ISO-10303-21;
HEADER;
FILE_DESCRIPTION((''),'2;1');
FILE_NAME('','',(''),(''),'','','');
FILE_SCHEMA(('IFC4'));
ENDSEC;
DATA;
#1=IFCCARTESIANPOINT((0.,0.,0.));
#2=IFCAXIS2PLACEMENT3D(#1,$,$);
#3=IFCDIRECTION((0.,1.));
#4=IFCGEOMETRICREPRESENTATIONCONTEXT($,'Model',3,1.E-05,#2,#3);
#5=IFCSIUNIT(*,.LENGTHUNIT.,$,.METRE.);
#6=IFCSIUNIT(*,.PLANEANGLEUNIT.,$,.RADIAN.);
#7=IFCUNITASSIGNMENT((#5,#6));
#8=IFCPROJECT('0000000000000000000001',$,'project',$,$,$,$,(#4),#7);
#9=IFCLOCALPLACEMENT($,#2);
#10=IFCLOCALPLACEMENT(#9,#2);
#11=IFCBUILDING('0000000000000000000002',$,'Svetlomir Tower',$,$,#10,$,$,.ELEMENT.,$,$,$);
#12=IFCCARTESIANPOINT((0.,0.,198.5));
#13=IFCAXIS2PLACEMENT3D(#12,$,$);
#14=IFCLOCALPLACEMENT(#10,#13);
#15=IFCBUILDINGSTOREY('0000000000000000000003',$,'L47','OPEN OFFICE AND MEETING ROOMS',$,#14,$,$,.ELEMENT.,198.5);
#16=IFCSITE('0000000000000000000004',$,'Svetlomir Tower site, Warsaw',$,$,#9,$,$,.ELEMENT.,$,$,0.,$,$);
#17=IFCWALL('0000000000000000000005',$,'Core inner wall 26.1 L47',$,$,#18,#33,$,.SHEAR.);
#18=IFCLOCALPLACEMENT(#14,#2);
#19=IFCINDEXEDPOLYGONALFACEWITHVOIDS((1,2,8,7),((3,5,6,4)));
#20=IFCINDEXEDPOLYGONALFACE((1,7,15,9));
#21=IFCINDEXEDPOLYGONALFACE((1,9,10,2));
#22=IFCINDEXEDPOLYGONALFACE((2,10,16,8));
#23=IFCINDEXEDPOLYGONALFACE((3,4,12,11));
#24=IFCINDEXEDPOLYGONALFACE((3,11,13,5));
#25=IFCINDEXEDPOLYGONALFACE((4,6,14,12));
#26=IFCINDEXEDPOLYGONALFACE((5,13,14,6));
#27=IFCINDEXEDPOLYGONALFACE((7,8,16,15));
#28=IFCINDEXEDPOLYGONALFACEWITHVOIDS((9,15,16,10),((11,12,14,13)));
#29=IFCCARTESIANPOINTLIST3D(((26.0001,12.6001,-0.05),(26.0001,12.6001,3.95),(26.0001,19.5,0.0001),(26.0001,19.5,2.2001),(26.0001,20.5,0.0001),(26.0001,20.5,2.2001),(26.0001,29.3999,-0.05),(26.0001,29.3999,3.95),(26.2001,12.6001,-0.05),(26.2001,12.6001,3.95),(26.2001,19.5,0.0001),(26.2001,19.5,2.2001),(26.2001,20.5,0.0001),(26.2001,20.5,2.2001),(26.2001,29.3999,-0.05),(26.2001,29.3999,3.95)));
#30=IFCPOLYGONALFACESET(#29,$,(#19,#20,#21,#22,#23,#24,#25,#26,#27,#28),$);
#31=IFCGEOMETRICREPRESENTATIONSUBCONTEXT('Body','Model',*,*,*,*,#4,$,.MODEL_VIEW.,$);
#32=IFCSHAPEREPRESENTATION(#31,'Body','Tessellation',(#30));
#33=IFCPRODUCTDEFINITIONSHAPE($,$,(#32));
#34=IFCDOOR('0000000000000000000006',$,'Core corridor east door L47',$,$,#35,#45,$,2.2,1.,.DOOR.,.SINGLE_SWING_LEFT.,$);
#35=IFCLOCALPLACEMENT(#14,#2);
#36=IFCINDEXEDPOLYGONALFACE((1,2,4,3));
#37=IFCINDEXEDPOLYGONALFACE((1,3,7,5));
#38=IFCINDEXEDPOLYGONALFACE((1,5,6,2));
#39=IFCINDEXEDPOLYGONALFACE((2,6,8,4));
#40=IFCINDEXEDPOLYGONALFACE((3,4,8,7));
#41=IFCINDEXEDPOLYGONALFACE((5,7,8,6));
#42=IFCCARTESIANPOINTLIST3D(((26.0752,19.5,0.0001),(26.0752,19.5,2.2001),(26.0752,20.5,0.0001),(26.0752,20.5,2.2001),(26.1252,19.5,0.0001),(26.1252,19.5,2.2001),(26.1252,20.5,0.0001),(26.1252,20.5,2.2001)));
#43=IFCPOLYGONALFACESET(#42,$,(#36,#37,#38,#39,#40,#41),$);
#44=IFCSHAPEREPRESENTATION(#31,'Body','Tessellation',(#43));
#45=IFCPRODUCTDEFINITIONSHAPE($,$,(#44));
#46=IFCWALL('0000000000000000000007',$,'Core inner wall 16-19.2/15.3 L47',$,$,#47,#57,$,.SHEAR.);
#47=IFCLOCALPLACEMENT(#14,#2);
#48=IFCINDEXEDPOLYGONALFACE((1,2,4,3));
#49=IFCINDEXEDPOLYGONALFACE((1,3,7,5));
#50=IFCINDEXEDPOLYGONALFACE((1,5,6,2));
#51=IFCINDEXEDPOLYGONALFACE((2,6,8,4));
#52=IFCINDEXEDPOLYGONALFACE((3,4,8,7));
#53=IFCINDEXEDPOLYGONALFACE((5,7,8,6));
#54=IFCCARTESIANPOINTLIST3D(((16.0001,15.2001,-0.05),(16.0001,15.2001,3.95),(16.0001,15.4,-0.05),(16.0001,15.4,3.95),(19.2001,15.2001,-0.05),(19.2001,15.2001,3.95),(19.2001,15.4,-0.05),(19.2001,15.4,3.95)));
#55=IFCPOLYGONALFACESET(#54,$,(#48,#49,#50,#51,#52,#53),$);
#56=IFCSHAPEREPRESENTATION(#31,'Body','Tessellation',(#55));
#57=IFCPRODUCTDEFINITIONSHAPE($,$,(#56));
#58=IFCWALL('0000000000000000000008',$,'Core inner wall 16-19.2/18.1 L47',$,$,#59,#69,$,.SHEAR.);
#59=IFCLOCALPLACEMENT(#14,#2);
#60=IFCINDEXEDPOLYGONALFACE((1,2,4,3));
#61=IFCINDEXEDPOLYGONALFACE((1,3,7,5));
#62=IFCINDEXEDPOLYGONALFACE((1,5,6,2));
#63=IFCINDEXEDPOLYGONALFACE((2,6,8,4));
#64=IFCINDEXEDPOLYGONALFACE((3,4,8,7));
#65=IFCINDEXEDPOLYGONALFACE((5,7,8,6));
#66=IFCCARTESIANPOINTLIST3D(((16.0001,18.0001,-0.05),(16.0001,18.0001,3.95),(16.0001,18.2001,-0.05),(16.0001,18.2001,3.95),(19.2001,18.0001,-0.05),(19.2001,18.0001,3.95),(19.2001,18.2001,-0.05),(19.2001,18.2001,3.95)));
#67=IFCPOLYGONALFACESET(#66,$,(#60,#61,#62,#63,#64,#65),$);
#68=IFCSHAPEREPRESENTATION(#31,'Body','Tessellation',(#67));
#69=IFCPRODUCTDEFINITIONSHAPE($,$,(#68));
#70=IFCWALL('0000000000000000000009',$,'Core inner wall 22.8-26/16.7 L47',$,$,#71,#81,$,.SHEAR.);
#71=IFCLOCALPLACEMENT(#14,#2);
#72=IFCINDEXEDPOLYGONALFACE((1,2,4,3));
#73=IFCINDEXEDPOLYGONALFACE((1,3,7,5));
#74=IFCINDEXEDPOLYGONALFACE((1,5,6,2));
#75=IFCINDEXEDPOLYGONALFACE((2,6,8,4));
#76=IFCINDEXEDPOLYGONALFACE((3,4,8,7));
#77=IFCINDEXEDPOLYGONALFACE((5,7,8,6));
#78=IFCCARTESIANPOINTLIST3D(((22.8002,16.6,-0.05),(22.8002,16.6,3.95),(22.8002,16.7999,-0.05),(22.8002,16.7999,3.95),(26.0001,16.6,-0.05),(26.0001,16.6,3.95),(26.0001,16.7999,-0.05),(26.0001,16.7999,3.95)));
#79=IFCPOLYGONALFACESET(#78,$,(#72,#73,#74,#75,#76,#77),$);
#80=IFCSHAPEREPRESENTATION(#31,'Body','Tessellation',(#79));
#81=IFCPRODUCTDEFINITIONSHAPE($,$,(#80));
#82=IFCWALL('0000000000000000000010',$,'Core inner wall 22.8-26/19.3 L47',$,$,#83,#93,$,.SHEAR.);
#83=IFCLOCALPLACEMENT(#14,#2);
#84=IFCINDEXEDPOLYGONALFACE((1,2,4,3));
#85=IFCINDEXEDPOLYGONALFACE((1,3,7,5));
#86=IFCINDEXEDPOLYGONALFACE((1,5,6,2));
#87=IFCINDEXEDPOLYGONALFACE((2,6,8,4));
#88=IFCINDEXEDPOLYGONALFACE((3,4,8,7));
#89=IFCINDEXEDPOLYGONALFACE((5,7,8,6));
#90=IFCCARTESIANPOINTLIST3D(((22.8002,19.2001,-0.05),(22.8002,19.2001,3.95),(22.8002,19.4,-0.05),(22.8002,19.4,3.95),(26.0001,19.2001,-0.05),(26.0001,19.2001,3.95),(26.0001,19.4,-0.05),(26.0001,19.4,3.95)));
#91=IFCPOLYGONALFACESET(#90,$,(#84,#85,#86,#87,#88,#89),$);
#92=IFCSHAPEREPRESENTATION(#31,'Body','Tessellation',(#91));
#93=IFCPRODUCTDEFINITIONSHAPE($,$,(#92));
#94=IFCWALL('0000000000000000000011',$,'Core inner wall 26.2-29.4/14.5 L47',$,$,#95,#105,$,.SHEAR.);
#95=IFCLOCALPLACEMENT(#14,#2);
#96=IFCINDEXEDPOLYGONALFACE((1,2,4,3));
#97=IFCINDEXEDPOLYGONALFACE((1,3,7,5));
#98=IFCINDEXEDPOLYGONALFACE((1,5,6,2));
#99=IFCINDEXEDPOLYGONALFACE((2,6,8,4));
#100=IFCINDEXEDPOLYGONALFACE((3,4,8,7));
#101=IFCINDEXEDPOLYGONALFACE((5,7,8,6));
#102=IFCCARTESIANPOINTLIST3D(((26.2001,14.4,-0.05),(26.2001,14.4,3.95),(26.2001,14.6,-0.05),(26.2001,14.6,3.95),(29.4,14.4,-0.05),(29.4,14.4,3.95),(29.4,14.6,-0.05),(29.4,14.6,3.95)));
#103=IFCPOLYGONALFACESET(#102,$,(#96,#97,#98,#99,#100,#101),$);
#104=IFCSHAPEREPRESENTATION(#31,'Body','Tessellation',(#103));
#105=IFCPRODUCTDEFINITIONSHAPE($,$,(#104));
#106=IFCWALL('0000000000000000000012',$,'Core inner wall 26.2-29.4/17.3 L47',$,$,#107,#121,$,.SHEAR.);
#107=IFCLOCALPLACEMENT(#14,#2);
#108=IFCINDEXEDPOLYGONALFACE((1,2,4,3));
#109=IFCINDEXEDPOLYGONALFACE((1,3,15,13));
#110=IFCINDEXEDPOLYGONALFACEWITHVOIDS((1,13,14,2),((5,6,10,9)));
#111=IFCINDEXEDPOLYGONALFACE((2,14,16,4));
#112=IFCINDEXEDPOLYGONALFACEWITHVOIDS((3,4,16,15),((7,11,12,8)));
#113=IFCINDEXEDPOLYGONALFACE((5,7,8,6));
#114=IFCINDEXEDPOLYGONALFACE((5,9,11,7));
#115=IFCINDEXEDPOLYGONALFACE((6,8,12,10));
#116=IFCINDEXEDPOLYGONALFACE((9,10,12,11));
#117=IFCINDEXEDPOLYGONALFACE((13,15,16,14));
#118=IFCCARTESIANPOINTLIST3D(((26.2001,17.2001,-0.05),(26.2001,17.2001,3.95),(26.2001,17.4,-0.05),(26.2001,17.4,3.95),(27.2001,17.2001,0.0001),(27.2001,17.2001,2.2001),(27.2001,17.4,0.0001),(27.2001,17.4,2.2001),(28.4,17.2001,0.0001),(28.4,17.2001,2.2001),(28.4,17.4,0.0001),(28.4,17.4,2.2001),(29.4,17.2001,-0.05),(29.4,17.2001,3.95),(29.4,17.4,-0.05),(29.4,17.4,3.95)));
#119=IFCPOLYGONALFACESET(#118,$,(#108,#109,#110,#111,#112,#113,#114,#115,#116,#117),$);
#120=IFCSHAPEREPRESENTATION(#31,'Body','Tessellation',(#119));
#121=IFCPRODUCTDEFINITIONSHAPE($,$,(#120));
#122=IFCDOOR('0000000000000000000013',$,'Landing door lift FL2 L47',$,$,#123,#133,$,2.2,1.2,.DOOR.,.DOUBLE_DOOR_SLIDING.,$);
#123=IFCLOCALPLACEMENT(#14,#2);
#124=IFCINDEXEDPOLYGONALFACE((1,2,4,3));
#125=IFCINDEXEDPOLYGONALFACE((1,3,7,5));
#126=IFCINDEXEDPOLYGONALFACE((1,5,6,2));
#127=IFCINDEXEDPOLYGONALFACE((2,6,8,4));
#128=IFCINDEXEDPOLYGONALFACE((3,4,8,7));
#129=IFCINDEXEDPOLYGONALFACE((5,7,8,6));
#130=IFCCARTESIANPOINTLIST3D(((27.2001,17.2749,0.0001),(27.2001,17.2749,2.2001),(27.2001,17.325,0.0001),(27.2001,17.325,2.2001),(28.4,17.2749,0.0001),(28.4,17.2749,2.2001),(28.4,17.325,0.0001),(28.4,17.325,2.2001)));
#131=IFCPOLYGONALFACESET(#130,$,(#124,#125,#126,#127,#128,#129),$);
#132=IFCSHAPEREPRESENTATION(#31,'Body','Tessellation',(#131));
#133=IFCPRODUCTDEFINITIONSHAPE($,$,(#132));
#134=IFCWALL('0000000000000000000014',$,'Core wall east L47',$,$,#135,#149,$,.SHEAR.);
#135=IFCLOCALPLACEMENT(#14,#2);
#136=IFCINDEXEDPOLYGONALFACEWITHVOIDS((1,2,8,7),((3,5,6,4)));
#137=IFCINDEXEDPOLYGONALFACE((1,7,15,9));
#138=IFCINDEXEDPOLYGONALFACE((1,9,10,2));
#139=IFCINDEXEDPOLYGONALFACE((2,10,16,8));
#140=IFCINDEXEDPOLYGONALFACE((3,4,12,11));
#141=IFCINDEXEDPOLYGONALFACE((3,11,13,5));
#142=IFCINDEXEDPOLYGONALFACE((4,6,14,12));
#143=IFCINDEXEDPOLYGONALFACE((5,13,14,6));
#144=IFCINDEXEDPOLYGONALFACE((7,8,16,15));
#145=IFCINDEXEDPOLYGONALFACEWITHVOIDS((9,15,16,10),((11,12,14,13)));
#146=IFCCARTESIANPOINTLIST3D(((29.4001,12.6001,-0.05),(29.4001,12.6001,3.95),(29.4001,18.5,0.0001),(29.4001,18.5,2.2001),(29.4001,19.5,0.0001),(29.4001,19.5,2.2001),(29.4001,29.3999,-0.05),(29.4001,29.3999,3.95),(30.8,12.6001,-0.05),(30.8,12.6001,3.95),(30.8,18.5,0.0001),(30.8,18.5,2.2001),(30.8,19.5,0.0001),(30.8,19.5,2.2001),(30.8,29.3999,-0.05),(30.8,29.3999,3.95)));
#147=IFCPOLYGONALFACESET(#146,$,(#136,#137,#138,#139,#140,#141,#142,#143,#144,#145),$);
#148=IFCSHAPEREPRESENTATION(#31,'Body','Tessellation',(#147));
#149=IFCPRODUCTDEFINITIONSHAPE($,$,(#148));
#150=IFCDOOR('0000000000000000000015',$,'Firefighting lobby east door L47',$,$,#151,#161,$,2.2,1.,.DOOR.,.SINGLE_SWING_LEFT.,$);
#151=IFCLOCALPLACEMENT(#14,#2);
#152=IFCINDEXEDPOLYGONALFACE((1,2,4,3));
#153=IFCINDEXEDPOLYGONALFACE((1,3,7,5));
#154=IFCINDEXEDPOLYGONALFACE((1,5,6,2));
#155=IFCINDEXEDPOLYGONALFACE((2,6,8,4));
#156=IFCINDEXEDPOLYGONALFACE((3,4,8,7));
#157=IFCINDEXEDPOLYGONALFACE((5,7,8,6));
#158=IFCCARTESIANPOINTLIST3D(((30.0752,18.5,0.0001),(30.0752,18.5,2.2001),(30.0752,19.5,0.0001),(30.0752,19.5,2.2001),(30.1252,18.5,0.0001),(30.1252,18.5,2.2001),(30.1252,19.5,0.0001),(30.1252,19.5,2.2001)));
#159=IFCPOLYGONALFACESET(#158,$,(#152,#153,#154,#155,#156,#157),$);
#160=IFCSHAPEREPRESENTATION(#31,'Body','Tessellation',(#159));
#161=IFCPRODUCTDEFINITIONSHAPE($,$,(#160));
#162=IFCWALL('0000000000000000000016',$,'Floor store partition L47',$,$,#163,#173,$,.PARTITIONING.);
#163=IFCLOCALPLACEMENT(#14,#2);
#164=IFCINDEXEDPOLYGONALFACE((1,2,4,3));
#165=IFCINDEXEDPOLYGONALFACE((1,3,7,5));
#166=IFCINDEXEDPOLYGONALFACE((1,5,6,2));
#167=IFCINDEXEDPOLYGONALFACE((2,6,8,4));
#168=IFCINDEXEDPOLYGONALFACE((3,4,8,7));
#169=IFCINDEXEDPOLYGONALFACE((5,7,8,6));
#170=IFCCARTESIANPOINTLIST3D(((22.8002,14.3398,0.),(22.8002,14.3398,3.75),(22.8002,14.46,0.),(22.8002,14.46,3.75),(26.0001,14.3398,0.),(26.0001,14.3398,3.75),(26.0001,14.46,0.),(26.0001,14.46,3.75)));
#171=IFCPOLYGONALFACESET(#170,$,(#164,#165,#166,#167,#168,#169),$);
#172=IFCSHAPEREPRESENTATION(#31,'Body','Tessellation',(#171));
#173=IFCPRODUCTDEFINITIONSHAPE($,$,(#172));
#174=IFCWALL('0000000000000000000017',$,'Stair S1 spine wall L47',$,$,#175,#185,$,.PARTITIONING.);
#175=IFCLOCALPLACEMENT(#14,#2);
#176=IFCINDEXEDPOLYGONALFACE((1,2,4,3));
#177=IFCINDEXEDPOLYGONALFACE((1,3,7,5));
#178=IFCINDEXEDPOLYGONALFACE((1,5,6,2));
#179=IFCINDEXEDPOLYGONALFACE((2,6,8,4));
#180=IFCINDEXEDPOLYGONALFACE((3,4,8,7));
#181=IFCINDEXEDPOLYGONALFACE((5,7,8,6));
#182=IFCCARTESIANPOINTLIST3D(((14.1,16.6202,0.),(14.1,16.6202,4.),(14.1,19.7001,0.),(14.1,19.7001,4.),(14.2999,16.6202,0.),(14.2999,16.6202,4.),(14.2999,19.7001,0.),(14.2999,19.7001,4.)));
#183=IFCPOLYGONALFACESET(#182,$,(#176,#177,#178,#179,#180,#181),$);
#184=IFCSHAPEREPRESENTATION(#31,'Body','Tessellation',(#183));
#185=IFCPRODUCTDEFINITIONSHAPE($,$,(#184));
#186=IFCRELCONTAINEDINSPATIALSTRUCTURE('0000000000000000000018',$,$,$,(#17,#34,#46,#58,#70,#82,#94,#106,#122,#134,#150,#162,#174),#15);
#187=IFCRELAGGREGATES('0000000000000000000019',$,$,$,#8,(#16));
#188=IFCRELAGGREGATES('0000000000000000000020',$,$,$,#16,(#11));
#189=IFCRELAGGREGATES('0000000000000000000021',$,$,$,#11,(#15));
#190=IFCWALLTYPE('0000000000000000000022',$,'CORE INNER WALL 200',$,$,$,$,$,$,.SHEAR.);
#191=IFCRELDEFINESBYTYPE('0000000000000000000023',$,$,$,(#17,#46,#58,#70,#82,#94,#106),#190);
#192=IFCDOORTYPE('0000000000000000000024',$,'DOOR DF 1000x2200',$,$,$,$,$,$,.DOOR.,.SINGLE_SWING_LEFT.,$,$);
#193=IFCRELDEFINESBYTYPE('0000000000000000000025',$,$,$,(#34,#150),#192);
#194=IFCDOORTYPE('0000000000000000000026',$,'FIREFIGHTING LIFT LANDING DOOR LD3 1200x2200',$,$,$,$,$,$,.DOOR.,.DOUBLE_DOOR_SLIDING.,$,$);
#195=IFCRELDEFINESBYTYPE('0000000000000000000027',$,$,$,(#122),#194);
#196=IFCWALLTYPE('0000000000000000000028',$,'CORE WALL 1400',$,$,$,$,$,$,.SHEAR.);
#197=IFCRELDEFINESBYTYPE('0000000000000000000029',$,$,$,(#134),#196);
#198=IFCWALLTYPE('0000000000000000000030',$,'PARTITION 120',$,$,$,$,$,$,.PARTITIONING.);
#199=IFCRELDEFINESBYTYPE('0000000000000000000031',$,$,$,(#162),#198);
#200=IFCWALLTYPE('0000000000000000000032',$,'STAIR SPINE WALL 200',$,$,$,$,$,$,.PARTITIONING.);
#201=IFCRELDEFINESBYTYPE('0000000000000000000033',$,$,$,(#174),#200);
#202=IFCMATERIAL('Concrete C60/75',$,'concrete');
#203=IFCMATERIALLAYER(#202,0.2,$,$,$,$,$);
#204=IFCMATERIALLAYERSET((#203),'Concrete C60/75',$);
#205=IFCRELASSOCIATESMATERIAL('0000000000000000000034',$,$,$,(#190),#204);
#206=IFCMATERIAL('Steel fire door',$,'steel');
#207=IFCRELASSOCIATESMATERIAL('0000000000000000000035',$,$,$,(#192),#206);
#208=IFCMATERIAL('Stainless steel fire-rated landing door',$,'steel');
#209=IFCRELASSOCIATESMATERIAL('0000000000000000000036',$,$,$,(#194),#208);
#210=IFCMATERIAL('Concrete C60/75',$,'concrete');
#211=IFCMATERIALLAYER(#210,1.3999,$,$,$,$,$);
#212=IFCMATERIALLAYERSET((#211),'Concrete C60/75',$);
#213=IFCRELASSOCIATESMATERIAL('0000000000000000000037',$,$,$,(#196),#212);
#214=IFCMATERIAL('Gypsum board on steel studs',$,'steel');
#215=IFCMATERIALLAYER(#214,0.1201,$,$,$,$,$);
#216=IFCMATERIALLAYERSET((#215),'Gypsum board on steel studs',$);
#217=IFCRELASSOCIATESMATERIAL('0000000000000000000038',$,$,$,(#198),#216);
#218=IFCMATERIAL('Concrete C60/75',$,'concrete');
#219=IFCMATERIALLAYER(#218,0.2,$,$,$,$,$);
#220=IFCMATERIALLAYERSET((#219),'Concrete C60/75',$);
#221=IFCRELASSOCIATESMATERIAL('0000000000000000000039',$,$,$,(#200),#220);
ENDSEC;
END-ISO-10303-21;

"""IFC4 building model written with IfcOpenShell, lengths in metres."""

from ifc_helpers import new_model, si_unit, direction, frame, frame_2d, origin, place, context, subcontext, project, spatial, rectangle, extrude, material, layer, layer_set, type_object, element, fill, save


model = new_model("IFC4")

# Units and contexts
model_context = context("Model", 3, precision=1e-05, world=origin(), true_north=direction((0.0, 1.0)))
body_context = subcontext(model_context, "Body", "Model", "MODEL_VIEW")
ifc_project = project(units=[si_unit("LENGTHUNIT", "METRE"), si_unit("PLANEANGLEUNIT", "RADIAN")], contexts=[model_context])

# Site, building, storey
site_placement = place(None, origin())
site = spatial("IfcSite", under=ifc_project, at=site_placement, Name="Svetlomir Tower site, Warsaw", CompositionType="ELEMENT", RefElevation=0.0)
building_placement = place(site_placement, origin())
building = spatial("IfcBuilding", under=site, at=building_placement, Name="Svetlomir Tower", CompositionType="ELEMENT")
storey_placement = place(building_placement, frame((0.0, 0.0, 198.5)))
storey = spatial("IfcBuildingStorey", under=building, at=storey_placement, Name="L47", Description="OPEN OFFICE AND MEETING ROOMS", CompositionType="ELEMENT", Elevation=198.5)

# Wall, opening, door
ifc_material_1 = material(Name="Concrete C60/75", Category="concrete")
ifc_layer_1 = layer(ifc_material_1, 0.2)
ifc_layer_set_1 = layer_set([ifc_layer_1], Name="Concrete C60/75")
wall_type_1 = type_object("IfcWallType", Name="CORE INNER WALL 200", PredefinedType="SHEAR", material=ifc_layer_set_1)
wall_1_placement = place(storey_placement, frame((26.1001, 12.6001, -0.05), z_axis=(0.0, 0.0, 1.0), x_axis=(0.0, 1.0, 0.0)))
wall_1 = element("IfcWall", 1, at=wall_1_placement, inside=storey, type_object=wall_type_1, Name="Core inner wall 26.1 L47", PredefinedType="SHEAR", context=body_context, shape_type="SweptSolid", body=[
    extrude(rectangle(XDim=16.7998, YDim=0.2, at=frame_2d((8.3999, 0.0))), origin(), (0.0, 0.0, 1.0), 4.0),
])
opening_1_placement = place(wall_1_placement, frame((6.8999, 0.0, 0.05)))
opening_1 = element("IfcOpeningElement", 2, at=opening_1_placement, cuts=wall_1, PredefinedType="OPENING", context=body_context, shape_type="SweptSolid", body=[
    extrude(rectangle(XDim=1.0, YDim=2.2, at=frame_2d((0.5, 1.1001))), frame((0.0, 0.1099, 0.0), z_axis=(0.0, -1.0, 0.0), x_axis=(1.0, 0.0, 0.0)), (0.0, 0.0, 1.0), 0.22),
])
ifc_material_2 = material(Name="Steel fire door", Category="steel")
door_type_1 = type_object("IfcDoorType", Name="DOOR DF 1000x2200", OperationType="SINGLE_SWING_LEFT", PredefinedType="DOOR", material=ifc_material_2)
door_1_placement = place(opening_1_placement, origin())
door_1 = element("IfcDoor", 3, at=door_1_placement, inside=storey, type_object=door_type_1, Name="Core corridor east door L47", OperationType="SINGLE_SWING_LEFT", OverallHeight=2.2, OverallWidth=1.0, PredefinedType="DOOR", context=body_context, shape_type="SweptSolid", body=[
    extrude(rectangle(XDim=1.0, YDim=2.2, at=frame_2d((0.5, 1.1001))), frame((0.0, 0.0249, 0.0), z_axis=(0.0, -1.0, 0.0), x_axis=(1.0, 0.0, 0.0)), (0.0, 0.0, 1.0), 0.05),
])
fill(opening_1, door_1)

# Walls
for number, where, z_axis, x_axis, name in (
    (4, (16.0, 15.3, -0.05), (0.0, 0.0, 1.0), (1.0, 0.0, 0.0), "Core inner wall 16-19.2/15.3 L47"),
    (5, (16.0, 18.1001, -0.05), (0.0, 0.0, 1.0), (1.0, 0.0, 0.0), "Core inner wall 16-19.2/18.1 L47"),
    (6, (22.8, 16.7, -0.05), (0.0, 0.0, 1.0), (1.0, 0.0, 0.0), "Core inner wall 22.8-26/16.7 L47"),
    (7, (22.8, 19.3, -0.05), (0.0, 0.0, 1.0), (1.0, 0.0, 0.0), "Core inner wall 22.8-26/19.3 L47"),
    (8, (26.2, 14.5, -0.05), (0.0, 0.0, 1.0), (1.0, 0.0, 0.0), "Core inner wall 26.2-29.4/14.5 L47"),
):
    element("IfcWall", number, at=place(storey_placement, frame(where, z_axis=z_axis, x_axis=x_axis)), inside=storey, type_object=wall_type_1, Name=name, PredefinedType="SHEAR", context=body_context, shape_type="SweptSolid", body=[
        extrude(rectangle(XDim=3.2, YDim=0.2, at=frame_2d((1.6001, 0.0))), origin(), (0.0, 0.0, 1.0), 4.0),
    ])

# Walls, openings, doors
wall_2_placement = place(storey_placement, frame((26.2, 17.3, -0.05), z_axis=(0.0, 0.0, 1.0), x_axis=(1.0, 0.0, 0.0)))
wall_2 = element("IfcWall", 9, at=wall_2_placement, inside=storey, type_object=wall_type_1, Name="Core inner wall 26.2-29.4/17.3 L47", PredefinedType="SHEAR", context=body_context, shape_type="SweptSolid", body=[
    extrude(rectangle(XDim=3.2, YDim=0.2, at=frame_2d((1.6001, 0.0))), origin(), (0.0, 0.0, 1.0), 4.0),
])
opening_2_placement = place(wall_2_placement, frame((1.0, 0.0, 0.05)))
opening_2 = element("IfcOpeningElement", 10, at=opening_2_placement, cuts=wall_2, PredefinedType="OPENING", context=body_context, shape_type="SweptSolid", body=[
    extrude(rectangle(XDim=1.2, YDim=2.2, at=frame_2d((0.6001, 1.1001))), frame((0.0, 0.1099, 0.0), z_axis=(0.0, -1.0, 0.0), x_axis=(1.0, 0.0, 0.0)), (0.0, 0.0, 1.0), 0.22),
])
ifc_material_3 = material(Name="Stainless steel fire-rated landing door", Category="steel")
door_type_2 = type_object("IfcDoorType", Name="FIREFIGHTING LIFT LANDING DOOR LD3 1200x2200", OperationType="DOUBLE_DOOR_SLIDING", PredefinedType="DOOR", material=ifc_material_3)
door_2_placement = place(opening_2_placement, origin())
door_2 = element("IfcDoor", 11, at=door_2_placement, inside=storey, type_object=door_type_2, Name="Landing door lift FL2 L47", OperationType="DOUBLE_DOOR_SLIDING", OverallHeight=2.2, OverallWidth=1.2, PredefinedType="DOOR", context=body_context, shape_type="SweptSolid", body=[
    extrude(rectangle(XDim=1.2, YDim=2.2, at=frame_2d((0.6001, 1.1001))), frame((0.0, 0.0249, 0.0), z_axis=(0.0, -1.0, 0.0), x_axis=(1.0, 0.0, 0.0)), (0.0, 0.0, 1.0), 0.05),
])
fill(opening_2, door_2)
ifc_material_4 = material(Name="Concrete C60/75", Category="concrete")
ifc_layer_2 = layer(ifc_material_4, 1.3999)
ifc_layer_set_2 = layer_set([ifc_layer_2], Name="Concrete C60/75")
wall_type_2 = type_object("IfcWallType", Name="CORE WALL 1400", PredefinedType="SHEAR", material=ifc_layer_set_2)
wall_3_placement = place(storey_placement, frame((30.1001, 12.6001, -0.05), z_axis=(0.0, 0.0, 1.0), x_axis=(0.0, 1.0, 0.0)))
wall_3 = element("IfcWall", 12, at=wall_3_placement, inside=storey, type_object=wall_type_2, Name="Core wall east L47", PredefinedType="SHEAR", context=body_context, shape_type="SweptSolid", body=[
    extrude(rectangle(XDim=16.7998, YDim=1.3999, at=frame_2d((8.3999, 0.0))), origin(), (0.0, 0.0, 1.0), 4.0),
])
opening_3_placement = place(wall_3_placement, frame((5.8999, 0.0, 0.05)))
opening_3 = element("IfcOpeningElement", 13, at=opening_3_placement, cuts=wall_3, PredefinedType="OPENING", context=body_context, shape_type="SweptSolid", body=[
    extrude(rectangle(XDim=1.0, YDim=2.2, at=frame_2d((0.5, 1.1001))), frame((0.0, 0.71, 0.0), z_axis=(0.0, -1.0, 0.0), x_axis=(1.0, 0.0, 0.0)), (0.0, 0.0, 1.0), 1.4199),
])
door_3_placement = place(opening_3_placement, origin())
door_3 = element("IfcDoor", 14, at=door_3_placement, inside=storey, type_object=door_type_1, Name="Firefighting lobby east door L47", OperationType="SINGLE_SWING_LEFT", OverallHeight=2.2, OverallWidth=1.0, PredefinedType="DOOR", context=body_context, shape_type="SweptSolid", body=[
    extrude(rectangle(XDim=1.0, YDim=2.2, at=frame_2d((0.5, 1.1001))), frame((0.0, 0.0249, 0.0), z_axis=(0.0, -1.0, 0.0), x_axis=(1.0, 0.0, 0.0)), (0.0, 0.0, 1.0), 0.05),
])
fill(opening_3, door_3)

# Walls
ifc_material_5 = material(Name="Gypsum board on steel studs", Category="steel")
ifc_layer_3 = layer(ifc_material_5, 0.1201)
ifc_layer_set_3 = layer_set([ifc_layer_3], Name="Gypsum board on steel studs")
wall_type_3 = type_object("IfcWallType", Name="PARTITION 120", PredefinedType="PARTITIONING", material=ifc_layer_set_3)
wall_4_placement = place(storey_placement, frame((22.8, 14.3999, 0.0), z_axis=(0.0, 0.0, 1.0), x_axis=(1.0, 0.0, 0.0)))
element("IfcWall", 15, at=wall_4_placement, inside=storey, type_object=wall_type_3, Name="Floor store partition L47", PredefinedType="PARTITIONING", context=body_context, shape_type="SweptSolid", body=[
    extrude(rectangle(XDim=3.2, YDim=0.1201, at=frame_2d((1.6001, 0.0))), origin(), (0.0, 0.0, 1.0), 3.75),
])
ifc_material_6 = material(Name="Concrete C60/75", Category="concrete")
ifc_layer_4 = layer(ifc_material_6, 0.2)
ifc_layer_set_4 = layer_set([ifc_layer_4], Name="Concrete C60/75")
wall_type_4 = type_object("IfcWallType", Name="STAIR SPINE WALL 200", PredefinedType="PARTITIONING", material=ifc_layer_set_4)
wall_5_placement = place(storey_placement, frame((14.2, 16.6201, 0.0), z_axis=(0.0, 0.0, 1.0), x_axis=(0.0, 1.0, 0.0)))
element("IfcWall", 16, at=wall_5_placement, inside=storey, type_object=wall_type_4, Name="Stair S1 spine wall L47", PredefinedType="PARTITIONING", context=body_context, shape_type="SweptSolid", body=[
    extrude(rectangle(XDim=3.0798, YDim=0.2, at=frame_2d((1.54, 0.0))), origin(), (0.0, 0.0, 1.0), 4.0),
])

save(model, "model.ifc")
